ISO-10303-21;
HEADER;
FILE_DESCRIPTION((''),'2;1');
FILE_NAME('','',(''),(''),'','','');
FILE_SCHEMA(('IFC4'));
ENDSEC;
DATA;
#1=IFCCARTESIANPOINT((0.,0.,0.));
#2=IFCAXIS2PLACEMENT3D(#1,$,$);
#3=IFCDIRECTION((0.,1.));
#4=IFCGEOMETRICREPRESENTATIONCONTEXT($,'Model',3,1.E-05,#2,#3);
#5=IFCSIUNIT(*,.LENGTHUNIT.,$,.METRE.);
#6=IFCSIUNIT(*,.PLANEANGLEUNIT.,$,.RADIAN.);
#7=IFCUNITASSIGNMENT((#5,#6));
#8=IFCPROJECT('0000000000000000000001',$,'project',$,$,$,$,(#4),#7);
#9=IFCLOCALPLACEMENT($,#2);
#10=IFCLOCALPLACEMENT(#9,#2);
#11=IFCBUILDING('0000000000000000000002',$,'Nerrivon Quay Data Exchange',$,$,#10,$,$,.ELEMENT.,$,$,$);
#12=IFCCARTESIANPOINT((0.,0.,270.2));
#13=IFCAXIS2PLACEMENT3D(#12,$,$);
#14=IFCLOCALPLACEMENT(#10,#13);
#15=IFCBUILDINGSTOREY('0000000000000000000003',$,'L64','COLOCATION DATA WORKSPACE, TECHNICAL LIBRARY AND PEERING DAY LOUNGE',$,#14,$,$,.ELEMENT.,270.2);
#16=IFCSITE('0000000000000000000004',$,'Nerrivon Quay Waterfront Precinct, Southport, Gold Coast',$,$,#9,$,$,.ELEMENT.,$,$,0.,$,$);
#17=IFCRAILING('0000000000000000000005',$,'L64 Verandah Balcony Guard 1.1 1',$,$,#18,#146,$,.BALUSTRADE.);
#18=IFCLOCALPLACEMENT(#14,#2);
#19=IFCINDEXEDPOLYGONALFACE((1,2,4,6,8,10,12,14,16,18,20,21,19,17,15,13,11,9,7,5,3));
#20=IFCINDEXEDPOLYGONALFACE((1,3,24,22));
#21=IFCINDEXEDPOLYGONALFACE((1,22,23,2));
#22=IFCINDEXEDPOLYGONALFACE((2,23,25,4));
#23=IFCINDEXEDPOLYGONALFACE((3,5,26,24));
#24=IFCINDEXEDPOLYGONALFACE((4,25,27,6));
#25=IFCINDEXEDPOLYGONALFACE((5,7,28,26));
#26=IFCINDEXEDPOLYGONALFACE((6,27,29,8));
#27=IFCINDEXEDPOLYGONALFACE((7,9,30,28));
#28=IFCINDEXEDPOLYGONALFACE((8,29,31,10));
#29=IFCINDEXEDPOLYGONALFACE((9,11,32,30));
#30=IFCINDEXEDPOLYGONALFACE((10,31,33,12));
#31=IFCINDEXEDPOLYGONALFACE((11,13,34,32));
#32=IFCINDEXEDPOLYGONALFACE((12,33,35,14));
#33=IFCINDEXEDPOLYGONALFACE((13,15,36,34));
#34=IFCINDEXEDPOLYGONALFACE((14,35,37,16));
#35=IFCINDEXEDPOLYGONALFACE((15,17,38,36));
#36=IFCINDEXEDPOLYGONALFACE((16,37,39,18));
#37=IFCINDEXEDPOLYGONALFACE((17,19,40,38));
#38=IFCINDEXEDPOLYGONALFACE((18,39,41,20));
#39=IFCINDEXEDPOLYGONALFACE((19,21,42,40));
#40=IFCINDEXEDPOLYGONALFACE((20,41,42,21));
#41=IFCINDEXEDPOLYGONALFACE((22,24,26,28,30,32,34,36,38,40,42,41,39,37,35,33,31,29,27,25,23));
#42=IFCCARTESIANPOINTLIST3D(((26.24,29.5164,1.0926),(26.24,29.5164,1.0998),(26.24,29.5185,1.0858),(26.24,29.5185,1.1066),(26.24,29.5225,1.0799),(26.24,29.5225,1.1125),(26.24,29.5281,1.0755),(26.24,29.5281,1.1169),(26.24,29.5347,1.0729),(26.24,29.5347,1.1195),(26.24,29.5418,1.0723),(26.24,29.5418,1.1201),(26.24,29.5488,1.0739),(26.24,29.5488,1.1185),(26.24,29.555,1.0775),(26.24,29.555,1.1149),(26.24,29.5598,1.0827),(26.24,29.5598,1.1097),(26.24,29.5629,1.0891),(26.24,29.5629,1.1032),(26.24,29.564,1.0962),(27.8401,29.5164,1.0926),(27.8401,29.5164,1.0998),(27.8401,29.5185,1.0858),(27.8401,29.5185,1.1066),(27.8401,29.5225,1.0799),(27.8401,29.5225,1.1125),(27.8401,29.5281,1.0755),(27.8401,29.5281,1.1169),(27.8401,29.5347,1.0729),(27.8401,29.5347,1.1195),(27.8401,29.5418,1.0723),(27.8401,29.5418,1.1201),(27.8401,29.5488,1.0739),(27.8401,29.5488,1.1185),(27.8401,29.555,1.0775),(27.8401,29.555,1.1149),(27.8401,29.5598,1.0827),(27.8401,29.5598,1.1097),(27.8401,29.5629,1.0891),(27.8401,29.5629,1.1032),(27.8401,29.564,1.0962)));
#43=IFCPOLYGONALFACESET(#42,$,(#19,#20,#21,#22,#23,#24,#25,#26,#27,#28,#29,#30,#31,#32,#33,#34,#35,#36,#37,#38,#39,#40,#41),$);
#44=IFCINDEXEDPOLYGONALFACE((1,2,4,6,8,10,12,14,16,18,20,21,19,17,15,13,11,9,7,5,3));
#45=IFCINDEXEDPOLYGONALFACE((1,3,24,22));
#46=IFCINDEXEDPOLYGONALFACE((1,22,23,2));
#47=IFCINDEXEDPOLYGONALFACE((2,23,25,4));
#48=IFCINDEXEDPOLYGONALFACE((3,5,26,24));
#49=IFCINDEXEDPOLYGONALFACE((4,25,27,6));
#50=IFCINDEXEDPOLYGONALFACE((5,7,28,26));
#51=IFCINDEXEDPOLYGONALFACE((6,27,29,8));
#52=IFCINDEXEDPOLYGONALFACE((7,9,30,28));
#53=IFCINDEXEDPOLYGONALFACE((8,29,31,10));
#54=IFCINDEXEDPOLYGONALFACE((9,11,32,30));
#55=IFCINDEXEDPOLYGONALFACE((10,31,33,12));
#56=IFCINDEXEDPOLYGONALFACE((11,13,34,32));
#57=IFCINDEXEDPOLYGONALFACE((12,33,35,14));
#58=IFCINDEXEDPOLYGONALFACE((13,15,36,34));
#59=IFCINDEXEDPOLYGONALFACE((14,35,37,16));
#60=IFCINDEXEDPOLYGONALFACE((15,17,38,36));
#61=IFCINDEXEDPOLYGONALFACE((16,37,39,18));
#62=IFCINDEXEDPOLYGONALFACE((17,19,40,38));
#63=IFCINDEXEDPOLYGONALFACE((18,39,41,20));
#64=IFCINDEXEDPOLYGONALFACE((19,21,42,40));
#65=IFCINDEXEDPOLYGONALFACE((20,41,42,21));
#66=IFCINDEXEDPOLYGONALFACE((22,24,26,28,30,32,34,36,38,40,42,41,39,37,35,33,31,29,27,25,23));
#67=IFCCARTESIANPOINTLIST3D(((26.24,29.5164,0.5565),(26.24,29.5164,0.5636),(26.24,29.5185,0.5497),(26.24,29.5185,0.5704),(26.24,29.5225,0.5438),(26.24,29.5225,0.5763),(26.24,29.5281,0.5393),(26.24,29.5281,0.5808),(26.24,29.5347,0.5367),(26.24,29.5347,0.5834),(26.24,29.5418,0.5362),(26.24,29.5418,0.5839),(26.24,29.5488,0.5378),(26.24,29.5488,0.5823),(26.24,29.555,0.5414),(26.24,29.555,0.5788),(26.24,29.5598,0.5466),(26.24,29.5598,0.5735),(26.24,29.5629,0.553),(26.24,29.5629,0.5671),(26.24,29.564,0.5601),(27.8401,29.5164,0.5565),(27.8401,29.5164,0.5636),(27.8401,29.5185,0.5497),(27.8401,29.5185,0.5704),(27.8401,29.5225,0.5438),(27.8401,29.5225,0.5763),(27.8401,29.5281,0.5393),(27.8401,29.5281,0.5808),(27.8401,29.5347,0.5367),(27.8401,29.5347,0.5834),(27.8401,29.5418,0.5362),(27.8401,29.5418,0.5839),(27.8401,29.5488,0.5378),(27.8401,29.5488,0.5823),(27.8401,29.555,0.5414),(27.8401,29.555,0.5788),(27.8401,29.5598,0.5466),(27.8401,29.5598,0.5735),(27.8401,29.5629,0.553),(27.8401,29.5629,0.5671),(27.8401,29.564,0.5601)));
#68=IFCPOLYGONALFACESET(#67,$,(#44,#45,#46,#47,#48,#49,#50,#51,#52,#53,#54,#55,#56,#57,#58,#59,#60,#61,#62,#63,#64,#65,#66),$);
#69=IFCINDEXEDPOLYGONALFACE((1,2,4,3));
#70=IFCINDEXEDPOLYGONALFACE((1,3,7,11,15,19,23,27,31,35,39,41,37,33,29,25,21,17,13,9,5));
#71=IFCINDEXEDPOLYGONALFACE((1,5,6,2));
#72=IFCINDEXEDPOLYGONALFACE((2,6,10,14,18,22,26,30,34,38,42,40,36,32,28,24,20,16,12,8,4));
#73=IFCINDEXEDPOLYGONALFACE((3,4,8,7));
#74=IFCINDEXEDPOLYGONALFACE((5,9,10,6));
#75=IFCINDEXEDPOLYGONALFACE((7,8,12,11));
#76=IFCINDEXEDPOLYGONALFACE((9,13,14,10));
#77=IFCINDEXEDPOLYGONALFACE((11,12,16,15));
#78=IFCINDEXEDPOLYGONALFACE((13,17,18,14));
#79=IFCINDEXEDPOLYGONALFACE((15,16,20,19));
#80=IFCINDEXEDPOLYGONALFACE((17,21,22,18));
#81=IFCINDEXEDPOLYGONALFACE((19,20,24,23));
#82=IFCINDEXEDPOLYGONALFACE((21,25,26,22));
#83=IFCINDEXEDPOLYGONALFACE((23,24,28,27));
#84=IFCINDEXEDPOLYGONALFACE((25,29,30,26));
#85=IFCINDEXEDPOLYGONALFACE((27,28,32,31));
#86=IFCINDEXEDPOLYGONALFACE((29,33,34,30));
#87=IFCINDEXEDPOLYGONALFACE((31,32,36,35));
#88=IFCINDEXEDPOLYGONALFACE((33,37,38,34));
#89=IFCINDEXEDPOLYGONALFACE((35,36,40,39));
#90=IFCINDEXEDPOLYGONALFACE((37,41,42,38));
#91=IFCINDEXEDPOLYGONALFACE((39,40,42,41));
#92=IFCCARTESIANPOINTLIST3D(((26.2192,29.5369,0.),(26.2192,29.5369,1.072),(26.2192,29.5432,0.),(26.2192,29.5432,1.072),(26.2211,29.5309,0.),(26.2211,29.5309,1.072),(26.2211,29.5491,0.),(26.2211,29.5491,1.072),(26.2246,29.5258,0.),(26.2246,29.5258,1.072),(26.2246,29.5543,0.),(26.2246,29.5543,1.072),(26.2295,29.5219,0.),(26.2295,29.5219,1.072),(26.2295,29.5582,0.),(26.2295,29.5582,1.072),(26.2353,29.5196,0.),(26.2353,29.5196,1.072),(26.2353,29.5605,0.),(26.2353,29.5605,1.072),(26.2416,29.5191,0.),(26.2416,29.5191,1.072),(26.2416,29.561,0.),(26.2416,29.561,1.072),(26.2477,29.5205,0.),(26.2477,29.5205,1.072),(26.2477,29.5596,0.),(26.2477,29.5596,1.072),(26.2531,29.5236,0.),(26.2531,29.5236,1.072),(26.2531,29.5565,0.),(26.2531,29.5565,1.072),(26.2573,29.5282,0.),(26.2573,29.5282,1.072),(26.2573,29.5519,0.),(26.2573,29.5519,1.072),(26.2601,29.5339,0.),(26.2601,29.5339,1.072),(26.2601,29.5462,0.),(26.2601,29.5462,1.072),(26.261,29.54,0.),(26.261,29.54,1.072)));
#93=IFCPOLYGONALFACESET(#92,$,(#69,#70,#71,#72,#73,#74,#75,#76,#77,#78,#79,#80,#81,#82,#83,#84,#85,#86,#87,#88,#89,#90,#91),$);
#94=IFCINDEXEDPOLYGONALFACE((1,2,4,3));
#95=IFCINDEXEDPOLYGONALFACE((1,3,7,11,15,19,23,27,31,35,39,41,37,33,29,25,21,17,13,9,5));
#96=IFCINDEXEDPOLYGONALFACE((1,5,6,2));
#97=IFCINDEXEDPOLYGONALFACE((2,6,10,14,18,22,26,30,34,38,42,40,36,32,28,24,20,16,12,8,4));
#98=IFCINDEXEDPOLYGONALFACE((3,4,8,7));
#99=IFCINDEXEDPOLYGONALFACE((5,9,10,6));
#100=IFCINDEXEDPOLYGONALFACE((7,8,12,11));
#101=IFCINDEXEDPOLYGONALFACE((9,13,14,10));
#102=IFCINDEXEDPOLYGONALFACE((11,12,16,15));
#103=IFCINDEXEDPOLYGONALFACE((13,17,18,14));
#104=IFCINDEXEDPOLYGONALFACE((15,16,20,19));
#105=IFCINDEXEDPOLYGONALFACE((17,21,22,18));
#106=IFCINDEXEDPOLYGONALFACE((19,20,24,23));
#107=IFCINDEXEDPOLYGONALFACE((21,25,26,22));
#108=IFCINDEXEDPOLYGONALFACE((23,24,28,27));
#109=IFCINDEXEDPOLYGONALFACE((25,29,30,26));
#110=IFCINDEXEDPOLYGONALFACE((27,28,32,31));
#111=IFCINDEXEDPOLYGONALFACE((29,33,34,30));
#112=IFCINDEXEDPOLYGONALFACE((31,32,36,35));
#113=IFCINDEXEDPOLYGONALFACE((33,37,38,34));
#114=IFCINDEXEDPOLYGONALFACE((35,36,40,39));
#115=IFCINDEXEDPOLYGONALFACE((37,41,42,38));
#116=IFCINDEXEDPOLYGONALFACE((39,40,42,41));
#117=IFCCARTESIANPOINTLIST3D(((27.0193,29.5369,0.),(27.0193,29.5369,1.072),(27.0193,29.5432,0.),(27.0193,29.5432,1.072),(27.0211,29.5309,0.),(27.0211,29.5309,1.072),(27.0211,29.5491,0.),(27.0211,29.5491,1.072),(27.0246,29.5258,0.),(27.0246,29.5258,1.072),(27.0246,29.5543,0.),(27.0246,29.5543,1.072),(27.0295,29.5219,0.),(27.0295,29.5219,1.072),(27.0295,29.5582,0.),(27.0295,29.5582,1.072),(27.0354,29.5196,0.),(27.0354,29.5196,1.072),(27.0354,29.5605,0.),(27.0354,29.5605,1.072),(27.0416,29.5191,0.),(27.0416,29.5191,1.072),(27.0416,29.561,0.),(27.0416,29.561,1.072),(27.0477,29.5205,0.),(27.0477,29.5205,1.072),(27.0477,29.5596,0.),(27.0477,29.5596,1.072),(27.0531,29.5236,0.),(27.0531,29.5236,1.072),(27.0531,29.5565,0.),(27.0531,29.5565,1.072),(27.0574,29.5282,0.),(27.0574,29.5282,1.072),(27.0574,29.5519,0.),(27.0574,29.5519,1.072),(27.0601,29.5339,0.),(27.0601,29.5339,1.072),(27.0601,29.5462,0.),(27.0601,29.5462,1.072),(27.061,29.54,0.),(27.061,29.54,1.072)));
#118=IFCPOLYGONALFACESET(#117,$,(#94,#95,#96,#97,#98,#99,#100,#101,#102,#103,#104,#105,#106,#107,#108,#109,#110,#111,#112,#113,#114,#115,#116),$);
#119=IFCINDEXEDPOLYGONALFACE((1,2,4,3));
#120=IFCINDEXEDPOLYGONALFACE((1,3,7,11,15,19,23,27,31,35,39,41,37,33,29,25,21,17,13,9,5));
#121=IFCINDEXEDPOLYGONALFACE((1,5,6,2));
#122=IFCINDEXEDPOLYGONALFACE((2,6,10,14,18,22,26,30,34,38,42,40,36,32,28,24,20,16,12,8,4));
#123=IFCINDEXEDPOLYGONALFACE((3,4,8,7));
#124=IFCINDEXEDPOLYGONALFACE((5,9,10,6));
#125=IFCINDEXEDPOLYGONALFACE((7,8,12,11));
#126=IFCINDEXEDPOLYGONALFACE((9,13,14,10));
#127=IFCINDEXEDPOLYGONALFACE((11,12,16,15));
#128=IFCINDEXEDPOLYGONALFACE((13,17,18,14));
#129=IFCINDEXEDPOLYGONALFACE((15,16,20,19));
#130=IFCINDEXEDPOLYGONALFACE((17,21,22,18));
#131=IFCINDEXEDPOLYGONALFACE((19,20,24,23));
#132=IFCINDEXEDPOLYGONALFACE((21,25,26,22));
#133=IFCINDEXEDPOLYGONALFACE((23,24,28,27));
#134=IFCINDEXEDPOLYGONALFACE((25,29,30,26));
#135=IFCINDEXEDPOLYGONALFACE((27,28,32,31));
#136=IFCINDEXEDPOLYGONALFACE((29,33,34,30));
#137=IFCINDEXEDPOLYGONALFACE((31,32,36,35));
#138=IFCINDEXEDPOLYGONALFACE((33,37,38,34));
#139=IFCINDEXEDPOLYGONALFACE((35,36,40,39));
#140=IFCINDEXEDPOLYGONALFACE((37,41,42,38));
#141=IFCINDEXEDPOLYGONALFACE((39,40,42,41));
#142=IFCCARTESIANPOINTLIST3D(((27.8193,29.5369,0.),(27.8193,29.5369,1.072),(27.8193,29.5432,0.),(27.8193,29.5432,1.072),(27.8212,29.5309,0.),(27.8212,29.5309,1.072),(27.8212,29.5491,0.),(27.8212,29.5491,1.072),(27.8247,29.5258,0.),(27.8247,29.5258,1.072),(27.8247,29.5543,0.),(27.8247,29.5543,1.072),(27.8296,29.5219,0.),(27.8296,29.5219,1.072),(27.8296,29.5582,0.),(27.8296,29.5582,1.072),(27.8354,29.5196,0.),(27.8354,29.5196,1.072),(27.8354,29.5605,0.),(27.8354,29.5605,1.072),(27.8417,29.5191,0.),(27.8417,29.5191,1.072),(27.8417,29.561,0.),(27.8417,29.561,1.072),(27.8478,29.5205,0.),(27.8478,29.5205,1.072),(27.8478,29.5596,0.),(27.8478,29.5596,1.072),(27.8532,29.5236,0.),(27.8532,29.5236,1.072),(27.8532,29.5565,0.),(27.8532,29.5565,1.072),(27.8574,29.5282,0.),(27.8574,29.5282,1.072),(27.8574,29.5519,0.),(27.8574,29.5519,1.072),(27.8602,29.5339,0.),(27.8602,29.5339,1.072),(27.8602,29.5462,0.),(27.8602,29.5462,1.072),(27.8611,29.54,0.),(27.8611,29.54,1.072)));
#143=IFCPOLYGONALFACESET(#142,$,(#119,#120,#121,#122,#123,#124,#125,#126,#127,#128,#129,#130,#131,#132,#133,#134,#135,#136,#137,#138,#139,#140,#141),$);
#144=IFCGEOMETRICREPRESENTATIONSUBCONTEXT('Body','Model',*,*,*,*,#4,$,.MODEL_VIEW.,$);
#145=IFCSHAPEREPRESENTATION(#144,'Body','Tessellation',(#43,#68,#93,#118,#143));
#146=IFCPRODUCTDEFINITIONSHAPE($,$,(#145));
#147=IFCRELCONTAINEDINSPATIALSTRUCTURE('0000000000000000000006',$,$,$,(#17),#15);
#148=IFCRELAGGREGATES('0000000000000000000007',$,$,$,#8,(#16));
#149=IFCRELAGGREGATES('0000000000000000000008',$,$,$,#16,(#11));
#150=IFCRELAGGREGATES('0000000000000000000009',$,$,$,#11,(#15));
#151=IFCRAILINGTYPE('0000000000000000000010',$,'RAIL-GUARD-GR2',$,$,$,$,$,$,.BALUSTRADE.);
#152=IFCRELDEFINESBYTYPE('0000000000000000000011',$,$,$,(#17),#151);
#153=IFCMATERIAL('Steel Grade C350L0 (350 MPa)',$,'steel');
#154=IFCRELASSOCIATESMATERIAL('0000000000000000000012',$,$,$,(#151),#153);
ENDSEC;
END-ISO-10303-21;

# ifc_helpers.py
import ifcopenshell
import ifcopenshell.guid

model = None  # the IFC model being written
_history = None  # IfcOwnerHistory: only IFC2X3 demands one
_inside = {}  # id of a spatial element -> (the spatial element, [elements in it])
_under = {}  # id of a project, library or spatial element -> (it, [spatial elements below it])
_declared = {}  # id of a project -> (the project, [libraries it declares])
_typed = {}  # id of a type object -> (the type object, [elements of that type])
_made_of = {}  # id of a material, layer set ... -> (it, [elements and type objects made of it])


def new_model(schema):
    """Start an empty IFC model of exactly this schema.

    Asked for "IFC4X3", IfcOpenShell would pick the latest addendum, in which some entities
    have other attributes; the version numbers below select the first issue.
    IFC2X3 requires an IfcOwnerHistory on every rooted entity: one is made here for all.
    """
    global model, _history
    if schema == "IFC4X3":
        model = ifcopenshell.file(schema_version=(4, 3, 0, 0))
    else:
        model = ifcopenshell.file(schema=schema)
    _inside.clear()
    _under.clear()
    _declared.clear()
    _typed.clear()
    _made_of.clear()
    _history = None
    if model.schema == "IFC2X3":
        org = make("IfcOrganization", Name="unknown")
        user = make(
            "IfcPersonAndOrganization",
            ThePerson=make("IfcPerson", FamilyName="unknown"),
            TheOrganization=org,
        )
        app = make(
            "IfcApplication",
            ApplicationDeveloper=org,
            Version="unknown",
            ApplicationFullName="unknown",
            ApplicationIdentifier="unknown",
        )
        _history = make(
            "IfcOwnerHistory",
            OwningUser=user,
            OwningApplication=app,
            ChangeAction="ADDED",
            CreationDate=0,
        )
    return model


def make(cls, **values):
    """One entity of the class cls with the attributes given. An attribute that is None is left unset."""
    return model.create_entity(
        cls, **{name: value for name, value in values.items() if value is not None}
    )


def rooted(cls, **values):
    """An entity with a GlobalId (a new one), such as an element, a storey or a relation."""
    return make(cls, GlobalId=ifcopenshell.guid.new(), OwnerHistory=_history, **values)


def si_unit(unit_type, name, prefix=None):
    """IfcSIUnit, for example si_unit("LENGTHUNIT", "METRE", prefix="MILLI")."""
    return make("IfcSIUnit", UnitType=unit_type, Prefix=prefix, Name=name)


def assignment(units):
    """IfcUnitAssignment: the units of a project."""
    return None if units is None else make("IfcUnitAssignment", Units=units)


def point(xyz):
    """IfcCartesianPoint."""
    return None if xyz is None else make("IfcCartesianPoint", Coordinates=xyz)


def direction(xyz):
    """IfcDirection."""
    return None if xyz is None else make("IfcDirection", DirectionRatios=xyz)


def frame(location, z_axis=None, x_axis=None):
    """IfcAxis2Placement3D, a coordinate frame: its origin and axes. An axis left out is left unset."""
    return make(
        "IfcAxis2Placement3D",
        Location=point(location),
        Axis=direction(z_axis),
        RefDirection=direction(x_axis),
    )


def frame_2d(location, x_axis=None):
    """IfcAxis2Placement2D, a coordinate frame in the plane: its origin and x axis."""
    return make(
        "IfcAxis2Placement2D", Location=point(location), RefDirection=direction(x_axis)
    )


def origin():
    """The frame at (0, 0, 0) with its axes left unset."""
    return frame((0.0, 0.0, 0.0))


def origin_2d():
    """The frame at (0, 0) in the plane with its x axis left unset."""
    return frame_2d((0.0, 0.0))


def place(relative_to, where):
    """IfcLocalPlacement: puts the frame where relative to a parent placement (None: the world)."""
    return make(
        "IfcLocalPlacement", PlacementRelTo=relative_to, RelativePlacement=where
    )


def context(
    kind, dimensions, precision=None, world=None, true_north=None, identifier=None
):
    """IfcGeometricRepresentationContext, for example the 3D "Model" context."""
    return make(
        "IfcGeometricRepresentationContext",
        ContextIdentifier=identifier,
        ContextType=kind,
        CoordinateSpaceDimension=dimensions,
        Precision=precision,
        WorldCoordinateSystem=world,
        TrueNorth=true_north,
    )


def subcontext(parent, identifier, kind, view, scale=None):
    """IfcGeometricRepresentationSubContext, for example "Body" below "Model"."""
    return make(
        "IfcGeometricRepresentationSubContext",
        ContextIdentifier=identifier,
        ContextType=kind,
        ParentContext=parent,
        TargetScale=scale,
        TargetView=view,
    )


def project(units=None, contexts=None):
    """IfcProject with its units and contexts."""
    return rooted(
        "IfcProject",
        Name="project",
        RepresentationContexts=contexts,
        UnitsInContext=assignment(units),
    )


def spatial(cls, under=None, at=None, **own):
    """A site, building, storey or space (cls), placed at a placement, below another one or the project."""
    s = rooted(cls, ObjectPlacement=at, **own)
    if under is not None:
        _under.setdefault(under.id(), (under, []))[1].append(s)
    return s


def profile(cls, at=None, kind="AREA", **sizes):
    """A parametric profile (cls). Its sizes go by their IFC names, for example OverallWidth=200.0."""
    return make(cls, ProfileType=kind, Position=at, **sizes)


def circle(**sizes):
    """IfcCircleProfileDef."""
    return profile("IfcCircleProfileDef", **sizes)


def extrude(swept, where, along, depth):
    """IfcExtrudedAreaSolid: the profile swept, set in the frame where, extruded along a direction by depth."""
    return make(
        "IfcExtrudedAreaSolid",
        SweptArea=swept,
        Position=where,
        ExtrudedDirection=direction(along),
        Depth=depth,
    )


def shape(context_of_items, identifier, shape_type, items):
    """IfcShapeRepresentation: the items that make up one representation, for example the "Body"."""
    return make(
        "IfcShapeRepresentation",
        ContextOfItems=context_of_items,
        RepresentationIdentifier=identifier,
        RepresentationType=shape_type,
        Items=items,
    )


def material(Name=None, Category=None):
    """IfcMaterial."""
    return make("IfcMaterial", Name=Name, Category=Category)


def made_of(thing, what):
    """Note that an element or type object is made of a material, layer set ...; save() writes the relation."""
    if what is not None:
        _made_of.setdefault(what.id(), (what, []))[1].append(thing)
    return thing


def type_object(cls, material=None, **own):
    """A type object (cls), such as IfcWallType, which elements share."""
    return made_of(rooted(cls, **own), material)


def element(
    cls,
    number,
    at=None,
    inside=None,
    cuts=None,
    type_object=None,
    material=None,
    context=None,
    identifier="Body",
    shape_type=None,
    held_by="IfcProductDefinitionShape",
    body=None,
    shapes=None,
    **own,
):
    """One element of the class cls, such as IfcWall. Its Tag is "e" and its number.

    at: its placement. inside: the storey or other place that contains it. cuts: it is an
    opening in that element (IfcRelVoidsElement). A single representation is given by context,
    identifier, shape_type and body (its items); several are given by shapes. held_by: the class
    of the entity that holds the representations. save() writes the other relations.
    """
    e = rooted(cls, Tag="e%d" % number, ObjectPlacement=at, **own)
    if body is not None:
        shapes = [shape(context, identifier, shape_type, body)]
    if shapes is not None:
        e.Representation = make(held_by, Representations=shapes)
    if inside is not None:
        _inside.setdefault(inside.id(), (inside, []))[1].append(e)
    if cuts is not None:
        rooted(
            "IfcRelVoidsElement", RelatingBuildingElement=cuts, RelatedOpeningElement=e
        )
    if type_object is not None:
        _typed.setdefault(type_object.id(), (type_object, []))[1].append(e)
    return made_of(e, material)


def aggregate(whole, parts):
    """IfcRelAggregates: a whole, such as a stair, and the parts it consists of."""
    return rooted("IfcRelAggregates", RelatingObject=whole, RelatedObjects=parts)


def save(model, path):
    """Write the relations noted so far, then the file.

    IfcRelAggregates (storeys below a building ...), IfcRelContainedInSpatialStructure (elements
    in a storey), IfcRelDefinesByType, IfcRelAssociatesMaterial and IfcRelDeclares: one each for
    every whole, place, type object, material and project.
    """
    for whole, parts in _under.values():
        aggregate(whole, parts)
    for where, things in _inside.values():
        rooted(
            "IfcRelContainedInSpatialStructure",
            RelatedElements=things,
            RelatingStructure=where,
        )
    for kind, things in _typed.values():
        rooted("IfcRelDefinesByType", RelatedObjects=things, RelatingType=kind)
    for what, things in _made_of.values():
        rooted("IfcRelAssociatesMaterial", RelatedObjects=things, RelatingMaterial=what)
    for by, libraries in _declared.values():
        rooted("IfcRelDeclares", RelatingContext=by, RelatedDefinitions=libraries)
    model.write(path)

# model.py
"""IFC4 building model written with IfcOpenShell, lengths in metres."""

from ifc_helpers import new_model, si_unit, direction, frame, origin, origin_2d, place, context, subcontext, project, spatial, circle, extrude, material, type_object, element, save


model = new_model("IFC4")

# Units and contexts
model_context = context("Model", 3, precision=1e-05, world=origin(), true_north=direction((0.0, 1.0)))
body_context = subcontext(model_context, "Body", "Model", "MODEL_VIEW")
ifc_project = project(units=[si_unit("LENGTHUNIT", "METRE"), si_unit("PLANEANGLEUNIT", "RADIAN")], contexts=[model_context])

# Site, building, storey
site_placement = place(None, origin())
site = spatial("IfcSite", under=ifc_project, at=site_placement, Name="Nerrivon Quay Waterfront Precinct, Southport, Gold Coast", CompositionType="ELEMENT", RefElevation=0.0)
building_placement = place(site_placement, origin())
building = spatial("IfcBuilding", under=site, at=building_placement, Name="Nerrivon Quay Data Exchange", CompositionType="ELEMENT")
storey_placement = place(building_placement, frame((0.0, 0.0, 270.2)))
storey = spatial("IfcBuildingStorey", under=building, at=storey_placement, Name="L64", Description="COLOCATION DATA WORKSPACE, TECHNICAL LIBRARY AND PEERING DAY LOUNGE", CompositionType="ELEMENT", Elevation=270.2)

# Shared definitions
ifc_material_1 = material(Name="Steel Grade C350L0 (350 MPa)", Category="steel")

# Railing
railing_type = type_object("IfcRailingType", Name="RAIL-GUARD-GR2", PredefinedType="BALUSTRADE", material=ifc_material_1)
railing_1_placement = place(storey_placement, frame((26.24, 29.54, 0.0)))
element("IfcRailing", 1, at=railing_1_placement, inside=storey, type_object=railing_type, Name="L64 Verandah Balcony Guard 1.1 1", PredefinedType="BALUSTRADE", context=body_context, shape_type="SweptSolid", body=[
    extrude(circle(Radius=0.0239, at=origin_2d()), frame((0.0, 0.0, 1.0962), z_axis=(1.0, 0.0, 0.0), x_axis=(0.0, 1.0, 0.0)), (0.0, 0.0, 1.0), 1.6001),
    extrude(circle(Radius=0.0239, at=origin_2d()), frame((0.0, 0.0, 0.5601), z_axis=(1.0, 0.0, 0.0), x_axis=(0.0, 1.0, 0.0)), (0.0, 0.0, 1.0), 1.6001),
    extrude(circle(Radius=0.021, at=origin_2d()), origin(), (0.0, 0.0, 1.0), 1.072),
    extrude(circle(Radius=0.021, at=origin_2d()), frame((0.8, 0.0, 0.0)), (0.0, 0.0, 1.0), 1.072),
    extrude(circle(Radius=0.021, at=origin_2d()), frame((1.6001, 0.0, 0.0)), (0.0, 0.0, 1.0), 1.072),
])

save(model, "model.ifc")
